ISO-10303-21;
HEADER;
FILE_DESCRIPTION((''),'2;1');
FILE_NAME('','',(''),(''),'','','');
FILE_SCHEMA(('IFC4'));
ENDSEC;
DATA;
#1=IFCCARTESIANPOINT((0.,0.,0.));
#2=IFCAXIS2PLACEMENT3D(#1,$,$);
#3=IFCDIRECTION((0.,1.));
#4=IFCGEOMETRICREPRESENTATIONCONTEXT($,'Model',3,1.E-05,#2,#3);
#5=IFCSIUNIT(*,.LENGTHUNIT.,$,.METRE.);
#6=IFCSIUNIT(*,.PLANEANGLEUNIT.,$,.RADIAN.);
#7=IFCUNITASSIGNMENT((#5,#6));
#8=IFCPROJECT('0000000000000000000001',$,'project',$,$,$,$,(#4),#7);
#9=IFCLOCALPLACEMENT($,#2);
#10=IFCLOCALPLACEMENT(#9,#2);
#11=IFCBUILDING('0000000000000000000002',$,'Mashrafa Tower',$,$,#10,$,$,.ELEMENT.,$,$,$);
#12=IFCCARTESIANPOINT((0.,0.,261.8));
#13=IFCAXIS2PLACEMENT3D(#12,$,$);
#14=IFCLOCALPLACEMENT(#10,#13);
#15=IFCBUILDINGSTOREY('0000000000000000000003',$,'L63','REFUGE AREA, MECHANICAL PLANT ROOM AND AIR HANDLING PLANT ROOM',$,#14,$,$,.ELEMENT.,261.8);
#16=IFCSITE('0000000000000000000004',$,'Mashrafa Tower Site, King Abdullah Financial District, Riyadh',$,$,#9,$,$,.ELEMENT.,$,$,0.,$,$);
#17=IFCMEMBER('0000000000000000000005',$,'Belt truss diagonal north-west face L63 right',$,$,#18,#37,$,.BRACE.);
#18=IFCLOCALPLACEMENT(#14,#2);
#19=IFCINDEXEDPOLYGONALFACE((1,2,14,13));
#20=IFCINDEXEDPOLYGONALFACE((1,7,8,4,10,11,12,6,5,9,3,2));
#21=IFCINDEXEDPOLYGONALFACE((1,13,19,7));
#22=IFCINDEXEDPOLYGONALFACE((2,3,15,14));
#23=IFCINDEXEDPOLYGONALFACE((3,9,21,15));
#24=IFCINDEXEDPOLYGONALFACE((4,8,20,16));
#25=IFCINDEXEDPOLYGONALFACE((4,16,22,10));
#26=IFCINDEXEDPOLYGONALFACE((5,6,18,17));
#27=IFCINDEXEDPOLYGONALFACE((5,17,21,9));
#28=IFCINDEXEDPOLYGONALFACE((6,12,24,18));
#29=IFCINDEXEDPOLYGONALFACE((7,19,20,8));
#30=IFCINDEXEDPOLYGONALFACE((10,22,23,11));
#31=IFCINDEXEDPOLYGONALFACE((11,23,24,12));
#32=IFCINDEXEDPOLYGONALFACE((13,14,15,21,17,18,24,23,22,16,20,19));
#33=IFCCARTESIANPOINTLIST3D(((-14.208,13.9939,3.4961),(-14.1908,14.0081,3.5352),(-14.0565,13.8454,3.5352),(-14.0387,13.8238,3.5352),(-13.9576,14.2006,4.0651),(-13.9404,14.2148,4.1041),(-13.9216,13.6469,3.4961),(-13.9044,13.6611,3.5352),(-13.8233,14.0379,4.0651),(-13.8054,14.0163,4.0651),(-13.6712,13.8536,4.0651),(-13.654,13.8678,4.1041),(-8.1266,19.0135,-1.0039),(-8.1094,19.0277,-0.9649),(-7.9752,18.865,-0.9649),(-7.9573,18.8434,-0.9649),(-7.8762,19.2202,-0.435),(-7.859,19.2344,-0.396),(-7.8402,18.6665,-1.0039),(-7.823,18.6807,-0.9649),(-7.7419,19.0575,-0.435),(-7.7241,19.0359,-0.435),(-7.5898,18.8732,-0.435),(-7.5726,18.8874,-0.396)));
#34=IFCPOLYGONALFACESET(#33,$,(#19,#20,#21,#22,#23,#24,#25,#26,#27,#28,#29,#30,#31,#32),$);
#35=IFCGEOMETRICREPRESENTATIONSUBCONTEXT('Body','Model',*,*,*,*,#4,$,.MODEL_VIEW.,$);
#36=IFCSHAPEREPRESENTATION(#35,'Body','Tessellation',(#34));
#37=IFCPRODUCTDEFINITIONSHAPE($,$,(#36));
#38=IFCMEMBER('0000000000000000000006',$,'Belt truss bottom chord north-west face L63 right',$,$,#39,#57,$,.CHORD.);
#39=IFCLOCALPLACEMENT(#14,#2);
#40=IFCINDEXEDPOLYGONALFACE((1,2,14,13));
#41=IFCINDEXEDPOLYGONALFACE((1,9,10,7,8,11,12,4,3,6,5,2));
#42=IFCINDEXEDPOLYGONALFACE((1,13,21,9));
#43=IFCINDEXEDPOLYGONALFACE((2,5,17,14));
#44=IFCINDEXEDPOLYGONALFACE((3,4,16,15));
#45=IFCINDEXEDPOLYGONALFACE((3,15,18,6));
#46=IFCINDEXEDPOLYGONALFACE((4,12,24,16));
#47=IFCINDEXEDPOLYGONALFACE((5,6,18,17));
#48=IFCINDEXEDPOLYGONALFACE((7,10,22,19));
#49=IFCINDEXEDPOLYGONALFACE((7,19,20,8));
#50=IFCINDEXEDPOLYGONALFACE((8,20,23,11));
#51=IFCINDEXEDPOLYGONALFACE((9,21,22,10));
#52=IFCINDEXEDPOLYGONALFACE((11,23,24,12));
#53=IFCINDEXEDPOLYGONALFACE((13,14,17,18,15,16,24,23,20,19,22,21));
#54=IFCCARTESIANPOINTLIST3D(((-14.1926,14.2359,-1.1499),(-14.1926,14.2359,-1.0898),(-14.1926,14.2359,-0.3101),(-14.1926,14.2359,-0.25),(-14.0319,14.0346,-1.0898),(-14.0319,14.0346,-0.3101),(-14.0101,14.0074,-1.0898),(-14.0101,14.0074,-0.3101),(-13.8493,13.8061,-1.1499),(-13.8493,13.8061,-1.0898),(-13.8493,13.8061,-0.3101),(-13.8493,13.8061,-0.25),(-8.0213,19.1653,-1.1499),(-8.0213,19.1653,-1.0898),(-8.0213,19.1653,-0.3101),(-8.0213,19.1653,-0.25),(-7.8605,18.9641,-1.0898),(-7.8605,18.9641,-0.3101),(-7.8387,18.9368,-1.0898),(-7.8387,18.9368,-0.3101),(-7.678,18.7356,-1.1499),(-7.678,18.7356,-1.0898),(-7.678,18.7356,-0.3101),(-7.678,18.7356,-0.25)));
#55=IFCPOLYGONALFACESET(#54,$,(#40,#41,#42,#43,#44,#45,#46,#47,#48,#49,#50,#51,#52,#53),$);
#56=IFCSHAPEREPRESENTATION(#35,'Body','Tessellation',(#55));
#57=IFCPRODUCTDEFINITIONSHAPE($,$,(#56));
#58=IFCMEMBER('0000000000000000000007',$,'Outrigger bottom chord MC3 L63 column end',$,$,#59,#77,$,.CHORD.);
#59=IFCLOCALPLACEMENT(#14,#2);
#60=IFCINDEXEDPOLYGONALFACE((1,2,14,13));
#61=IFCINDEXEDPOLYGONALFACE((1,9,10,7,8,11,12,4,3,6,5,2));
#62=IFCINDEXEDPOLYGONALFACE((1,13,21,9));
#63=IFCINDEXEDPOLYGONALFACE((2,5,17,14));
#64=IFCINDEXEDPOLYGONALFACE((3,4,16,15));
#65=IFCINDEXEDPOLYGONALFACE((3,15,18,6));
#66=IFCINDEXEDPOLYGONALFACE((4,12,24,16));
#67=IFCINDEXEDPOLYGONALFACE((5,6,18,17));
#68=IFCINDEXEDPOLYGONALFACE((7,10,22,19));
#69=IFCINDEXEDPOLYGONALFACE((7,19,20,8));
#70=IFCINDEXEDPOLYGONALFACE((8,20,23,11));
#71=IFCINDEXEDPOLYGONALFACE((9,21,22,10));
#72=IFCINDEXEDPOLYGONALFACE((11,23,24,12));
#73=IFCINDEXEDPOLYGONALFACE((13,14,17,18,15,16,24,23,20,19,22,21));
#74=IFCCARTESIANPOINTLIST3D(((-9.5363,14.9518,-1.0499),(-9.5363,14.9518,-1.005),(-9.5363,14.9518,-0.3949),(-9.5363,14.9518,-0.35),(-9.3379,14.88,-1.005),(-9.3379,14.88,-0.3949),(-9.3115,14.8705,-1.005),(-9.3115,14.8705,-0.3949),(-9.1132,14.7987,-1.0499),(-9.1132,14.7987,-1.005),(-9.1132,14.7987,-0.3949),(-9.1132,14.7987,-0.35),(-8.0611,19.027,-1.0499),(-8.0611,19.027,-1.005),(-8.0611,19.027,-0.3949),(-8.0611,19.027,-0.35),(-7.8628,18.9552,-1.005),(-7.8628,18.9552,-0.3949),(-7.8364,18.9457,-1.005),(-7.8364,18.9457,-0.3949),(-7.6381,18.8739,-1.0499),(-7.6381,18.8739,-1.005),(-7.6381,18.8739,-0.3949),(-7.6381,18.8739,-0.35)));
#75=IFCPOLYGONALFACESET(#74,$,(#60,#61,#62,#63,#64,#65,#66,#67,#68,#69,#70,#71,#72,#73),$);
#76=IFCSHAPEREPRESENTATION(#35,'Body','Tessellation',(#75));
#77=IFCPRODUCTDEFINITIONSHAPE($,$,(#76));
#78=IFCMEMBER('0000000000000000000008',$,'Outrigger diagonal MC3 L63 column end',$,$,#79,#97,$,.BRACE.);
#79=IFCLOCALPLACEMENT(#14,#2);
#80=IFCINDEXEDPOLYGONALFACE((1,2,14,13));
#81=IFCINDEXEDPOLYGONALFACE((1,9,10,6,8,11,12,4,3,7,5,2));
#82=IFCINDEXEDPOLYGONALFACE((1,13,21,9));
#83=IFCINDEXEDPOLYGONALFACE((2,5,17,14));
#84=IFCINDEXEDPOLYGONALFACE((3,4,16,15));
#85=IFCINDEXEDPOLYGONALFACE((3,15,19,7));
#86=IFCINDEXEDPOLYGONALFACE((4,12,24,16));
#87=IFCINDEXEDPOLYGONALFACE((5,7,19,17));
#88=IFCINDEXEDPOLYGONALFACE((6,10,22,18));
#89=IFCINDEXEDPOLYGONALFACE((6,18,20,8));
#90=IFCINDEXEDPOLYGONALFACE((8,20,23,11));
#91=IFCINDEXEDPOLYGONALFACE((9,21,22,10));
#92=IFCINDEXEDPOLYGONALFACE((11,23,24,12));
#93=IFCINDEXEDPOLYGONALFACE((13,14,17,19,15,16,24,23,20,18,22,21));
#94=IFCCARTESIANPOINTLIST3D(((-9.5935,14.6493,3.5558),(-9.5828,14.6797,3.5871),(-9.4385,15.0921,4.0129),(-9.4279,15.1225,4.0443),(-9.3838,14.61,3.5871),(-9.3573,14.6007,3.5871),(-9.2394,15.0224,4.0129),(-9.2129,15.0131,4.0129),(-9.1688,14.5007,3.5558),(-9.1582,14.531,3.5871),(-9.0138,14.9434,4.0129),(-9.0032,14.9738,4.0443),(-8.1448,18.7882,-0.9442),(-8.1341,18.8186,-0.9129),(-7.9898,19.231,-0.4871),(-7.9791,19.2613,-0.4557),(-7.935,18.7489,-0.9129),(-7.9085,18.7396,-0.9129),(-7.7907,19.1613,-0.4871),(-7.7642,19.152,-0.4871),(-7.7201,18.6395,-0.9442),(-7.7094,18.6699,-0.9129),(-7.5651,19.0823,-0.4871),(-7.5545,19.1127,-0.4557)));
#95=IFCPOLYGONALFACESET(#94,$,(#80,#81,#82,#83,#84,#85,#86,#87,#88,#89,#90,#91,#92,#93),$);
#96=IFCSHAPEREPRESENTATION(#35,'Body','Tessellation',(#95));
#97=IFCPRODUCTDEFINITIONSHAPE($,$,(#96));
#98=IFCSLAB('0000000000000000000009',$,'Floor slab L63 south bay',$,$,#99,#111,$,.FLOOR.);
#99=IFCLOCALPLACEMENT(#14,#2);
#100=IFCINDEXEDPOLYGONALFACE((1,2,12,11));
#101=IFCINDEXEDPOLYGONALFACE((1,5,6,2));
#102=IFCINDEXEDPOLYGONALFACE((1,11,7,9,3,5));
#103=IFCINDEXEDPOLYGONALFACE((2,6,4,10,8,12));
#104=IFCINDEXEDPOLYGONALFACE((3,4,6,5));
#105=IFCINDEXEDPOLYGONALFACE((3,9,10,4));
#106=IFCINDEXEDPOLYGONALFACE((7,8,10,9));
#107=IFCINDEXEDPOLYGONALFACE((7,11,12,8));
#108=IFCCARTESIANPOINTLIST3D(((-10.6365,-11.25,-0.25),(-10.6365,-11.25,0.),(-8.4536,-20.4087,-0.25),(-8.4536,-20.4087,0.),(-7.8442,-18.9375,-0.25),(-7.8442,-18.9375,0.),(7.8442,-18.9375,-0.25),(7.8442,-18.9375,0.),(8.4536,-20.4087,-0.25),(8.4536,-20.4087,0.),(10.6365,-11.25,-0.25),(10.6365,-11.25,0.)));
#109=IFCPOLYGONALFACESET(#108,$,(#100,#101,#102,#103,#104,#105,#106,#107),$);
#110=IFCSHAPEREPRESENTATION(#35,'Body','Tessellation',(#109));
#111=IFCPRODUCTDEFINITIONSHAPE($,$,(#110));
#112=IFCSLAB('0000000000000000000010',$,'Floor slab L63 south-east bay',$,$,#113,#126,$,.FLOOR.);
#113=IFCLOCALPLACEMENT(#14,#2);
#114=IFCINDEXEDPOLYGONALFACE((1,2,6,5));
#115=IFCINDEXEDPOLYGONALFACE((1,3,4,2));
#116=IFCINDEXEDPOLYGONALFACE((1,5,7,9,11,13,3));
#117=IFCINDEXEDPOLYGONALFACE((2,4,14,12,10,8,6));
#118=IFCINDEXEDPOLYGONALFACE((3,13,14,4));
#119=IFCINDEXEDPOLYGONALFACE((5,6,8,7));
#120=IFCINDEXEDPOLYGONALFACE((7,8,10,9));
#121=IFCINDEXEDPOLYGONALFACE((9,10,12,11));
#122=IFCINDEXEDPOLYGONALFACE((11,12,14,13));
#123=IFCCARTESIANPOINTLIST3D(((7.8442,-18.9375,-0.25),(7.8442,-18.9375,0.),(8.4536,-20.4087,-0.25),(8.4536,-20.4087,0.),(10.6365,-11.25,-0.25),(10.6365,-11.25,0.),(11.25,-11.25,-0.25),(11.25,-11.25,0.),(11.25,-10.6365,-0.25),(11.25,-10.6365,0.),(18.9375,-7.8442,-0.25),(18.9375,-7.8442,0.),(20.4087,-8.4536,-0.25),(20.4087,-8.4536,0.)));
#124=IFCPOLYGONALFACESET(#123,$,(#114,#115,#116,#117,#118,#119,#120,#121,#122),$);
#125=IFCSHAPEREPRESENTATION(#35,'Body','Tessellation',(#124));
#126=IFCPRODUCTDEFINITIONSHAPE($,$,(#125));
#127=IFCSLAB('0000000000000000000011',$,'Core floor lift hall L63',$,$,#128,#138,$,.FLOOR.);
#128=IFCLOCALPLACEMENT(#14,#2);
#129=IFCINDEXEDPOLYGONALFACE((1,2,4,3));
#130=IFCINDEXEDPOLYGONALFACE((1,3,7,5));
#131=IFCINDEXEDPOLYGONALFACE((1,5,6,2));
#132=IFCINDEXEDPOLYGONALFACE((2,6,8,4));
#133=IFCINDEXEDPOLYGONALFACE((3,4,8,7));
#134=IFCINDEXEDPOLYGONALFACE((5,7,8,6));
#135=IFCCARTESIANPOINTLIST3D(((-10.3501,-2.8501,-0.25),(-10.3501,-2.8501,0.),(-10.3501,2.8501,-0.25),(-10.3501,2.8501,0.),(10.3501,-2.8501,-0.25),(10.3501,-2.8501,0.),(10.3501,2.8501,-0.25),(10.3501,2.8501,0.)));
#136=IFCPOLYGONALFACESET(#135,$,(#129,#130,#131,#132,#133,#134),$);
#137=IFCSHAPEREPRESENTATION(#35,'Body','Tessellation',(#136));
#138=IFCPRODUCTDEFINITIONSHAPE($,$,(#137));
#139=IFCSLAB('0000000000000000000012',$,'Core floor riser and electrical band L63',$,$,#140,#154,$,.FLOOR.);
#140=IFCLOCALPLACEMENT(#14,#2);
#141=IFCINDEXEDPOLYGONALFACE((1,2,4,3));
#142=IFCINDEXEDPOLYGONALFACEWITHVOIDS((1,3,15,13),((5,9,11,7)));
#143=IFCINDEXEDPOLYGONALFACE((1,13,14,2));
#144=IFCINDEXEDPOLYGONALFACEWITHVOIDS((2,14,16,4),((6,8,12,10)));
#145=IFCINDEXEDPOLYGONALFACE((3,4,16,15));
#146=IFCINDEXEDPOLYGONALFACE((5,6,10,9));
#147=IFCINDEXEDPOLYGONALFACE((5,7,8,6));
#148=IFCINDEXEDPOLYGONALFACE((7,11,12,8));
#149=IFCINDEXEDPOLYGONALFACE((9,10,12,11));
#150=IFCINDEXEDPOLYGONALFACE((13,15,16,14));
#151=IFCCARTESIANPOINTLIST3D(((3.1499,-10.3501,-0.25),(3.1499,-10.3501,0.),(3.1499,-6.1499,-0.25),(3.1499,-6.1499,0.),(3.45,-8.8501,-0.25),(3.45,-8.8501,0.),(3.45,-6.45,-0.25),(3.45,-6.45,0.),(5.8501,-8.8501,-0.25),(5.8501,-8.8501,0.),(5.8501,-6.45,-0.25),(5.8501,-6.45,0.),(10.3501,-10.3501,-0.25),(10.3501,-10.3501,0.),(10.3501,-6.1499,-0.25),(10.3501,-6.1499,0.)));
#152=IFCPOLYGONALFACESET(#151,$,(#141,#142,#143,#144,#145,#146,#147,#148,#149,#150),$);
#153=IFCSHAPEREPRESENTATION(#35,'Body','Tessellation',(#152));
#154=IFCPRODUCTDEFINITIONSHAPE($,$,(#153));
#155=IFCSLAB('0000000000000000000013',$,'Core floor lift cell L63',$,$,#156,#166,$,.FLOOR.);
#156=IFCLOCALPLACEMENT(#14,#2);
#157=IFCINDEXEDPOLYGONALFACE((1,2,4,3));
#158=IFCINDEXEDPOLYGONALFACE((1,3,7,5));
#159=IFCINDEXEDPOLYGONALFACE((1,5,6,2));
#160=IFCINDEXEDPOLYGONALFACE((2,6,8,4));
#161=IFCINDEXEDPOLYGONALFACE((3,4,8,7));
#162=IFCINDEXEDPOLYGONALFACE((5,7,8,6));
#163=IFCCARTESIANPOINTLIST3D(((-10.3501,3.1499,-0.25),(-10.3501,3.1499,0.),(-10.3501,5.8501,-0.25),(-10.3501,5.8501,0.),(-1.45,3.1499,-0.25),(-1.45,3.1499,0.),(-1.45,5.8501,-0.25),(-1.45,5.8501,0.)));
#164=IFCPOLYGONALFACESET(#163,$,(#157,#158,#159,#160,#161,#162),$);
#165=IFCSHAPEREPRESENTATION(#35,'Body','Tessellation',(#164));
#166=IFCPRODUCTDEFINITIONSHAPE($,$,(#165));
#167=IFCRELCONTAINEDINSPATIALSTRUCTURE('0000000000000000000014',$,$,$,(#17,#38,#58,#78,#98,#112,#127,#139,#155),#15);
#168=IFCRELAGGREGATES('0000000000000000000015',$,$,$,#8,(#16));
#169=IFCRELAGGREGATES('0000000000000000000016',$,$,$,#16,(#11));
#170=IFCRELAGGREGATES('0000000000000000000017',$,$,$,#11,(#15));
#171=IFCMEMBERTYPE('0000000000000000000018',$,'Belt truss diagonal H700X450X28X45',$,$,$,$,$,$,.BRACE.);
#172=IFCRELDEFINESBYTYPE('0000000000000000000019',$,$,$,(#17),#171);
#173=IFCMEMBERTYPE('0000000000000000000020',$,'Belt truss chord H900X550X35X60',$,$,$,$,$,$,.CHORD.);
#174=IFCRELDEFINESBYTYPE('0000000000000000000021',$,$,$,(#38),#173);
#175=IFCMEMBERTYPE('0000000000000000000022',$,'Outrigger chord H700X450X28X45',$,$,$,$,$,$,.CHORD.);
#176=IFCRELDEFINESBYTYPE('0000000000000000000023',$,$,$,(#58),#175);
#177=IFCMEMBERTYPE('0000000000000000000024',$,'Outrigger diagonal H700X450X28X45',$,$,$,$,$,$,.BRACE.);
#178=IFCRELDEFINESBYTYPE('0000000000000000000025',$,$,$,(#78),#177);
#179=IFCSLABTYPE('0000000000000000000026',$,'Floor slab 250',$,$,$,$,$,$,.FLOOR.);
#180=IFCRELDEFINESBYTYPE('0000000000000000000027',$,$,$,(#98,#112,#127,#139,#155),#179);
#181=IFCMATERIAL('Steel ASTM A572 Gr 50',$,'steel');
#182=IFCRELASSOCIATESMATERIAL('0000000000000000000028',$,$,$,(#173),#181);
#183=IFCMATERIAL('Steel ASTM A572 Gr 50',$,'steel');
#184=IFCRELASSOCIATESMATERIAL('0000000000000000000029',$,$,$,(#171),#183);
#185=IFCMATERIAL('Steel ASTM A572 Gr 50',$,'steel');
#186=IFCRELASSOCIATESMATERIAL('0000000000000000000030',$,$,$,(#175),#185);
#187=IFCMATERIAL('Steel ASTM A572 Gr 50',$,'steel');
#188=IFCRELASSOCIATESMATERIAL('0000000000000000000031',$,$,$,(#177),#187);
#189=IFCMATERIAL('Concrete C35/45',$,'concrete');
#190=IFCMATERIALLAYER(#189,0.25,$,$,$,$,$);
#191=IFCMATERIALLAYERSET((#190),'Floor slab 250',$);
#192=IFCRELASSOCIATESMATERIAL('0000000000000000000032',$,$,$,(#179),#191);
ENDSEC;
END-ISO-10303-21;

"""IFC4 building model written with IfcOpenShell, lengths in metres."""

from ifc_helpers import new_model, si_unit, direction, frame, origin, origin_2d, place, context, subcontext, project, spatial, polyline, i_section, outline, extrude, source, transform, mapped, material, layer, layer_set, material_profile, profile_set, type_object, type_shapes, element, save


model = new_model("IFC4")

# Units and contexts
model_context = context("Model", 3, precision=1e-05, world=origin(), true_north=direction((0.0, 1.0)))
body_context = subcontext(model_context, "Body", "Model", "MODEL_VIEW")
ifc_project = project(units=[si_unit("LENGTHUNIT", "METRE"), si_unit("PLANEANGLEUNIT", "RADIAN")], contexts=[model_context])

# Site, building, storey
site_placement = place(None, origin())
site = spatial("IfcSite", under=ifc_project, at=site_placement, Name="Mashrafa Tower Site, King Abdullah Financial District, Riyadh", CompositionType="ELEMENT", RefElevation=0.0)
building_placement = place(site_placement, origin())
building = spatial("IfcBuilding", under=site, at=building_placement, Name="Mashrafa Tower", CompositionType="ELEMENT")
storey_placement = place(building_placement, frame((0.0, 0.0, 261.8)))
storey = spatial("IfcBuildingStorey", under=building, at=storey_placement, Name="L63", Description="REFUGE AREA, MECHANICAL PLANT ROOM AND AIR HANDLING PLANT ROOM", CompositionType="ELEMENT", Elevation=261.8)

# Members
ifc_material_1 = material(Name="Steel ASTM A572 Gr 50", Category="steel")
ifc_material_profile_1 = material_profile(ifc_material_1, i_section(OverallWidth=0.55, OverallDepth=0.8999, WebThickness=0.0349, FlangeThickness=0.0601, at=origin_2d()), Name="H900X550X35X60")
ifc_profile_set_1 = profile_set([ifc_material_profile_1], Name="Steel ASTM A572 Gr 50")
member_type_1 = type_object("IfcMemberType", Name="Belt truss chord H900X550X35X60", PredefinedType="CHORD", material=ifc_profile_set_1)
ifc_material_2 = material(Name="Steel ASTM A572 Gr 50", Category="steel")
ifc_material_profile_2 = material_profile(ifc_material_2, i_section(OverallWidth=0.45, OverallDepth=0.7, WebThickness=0.0281, FlangeThickness=0.0449, at=origin_2d()), Name="H700X450X28X45")
ifc_profile_set_2 = profile_set([ifc_material_profile_2], Name="Steel ASTM A572 Gr 50")
member_type_2 = type_object("IfcMemberType", Name="Belt truss diagonal H700X450X28X45", PredefinedType="BRACE", material=ifc_profile_set_2)
shared_shape_1 = source(origin(), body_context, "Body", "SweptSolid", [
    extrude(i_section(OverallWidth=0.45, OverallDepth=0.7, WebThickness=0.0281, FlangeThickness=0.0449, at=origin_2d()), origin(), (0.0, 0.0, 1.0), 9.0791),
])
type_shapes(member_type_2, [shared_shape_1])
for number, where, z_axis, x_axis, name in (
    (1, (-7.8496, 18.9504, -0.7), (-0.669822, -0.552874, 0.49565), (0.636569, -0.77122, 0.0), "Belt truss diagonal north-west face L63 right"),
):
    element("IfcMember", number, at=place(storey_placement, frame(where, z_axis=z_axis, x_axis=x_axis)), inside=storey, type_object=member_type_2, Name=name, PredefinedType="BRACE", context=body_context, shape_type="MappedRepresentation", body=[
        mapped(shared_shape_1, transform((0.0, 0.0, 0.0))),
    ])
shared_shape_2 = source(origin(), body_context, "Body", "SweptSolid", [
    extrude(i_section(OverallWidth=0.55, OverallDepth=0.8999, WebThickness=0.0349, FlangeThickness=0.0601, at=origin_2d()), origin(), (0.0, 0.0, 1.0), 7.8984),
])
member_1_placement = place(storey_placement, frame((-7.8496, 18.9504, -0.7), z_axis=(-0.781342, -0.624103, 0.0), x_axis=(0.624103, -0.781342, 0.0)))
element("IfcMember", 2, at=member_1_placement, inside=storey, type_object=member_type_1, Name="Belt truss bottom chord north-west face L63 right", PredefinedType="CHORD", context=body_context, shape_type="MappedRepresentation", body=[
    mapped(shared_shape_2, transform((0.0, 0.0, 0.0))),
])
ifc_material_3 = material(Name="Steel ASTM A572 Gr 50", Category="steel")
ifc_material_profile_3 = material_profile(ifc_material_3, i_section(OverallWidth=0.45, OverallDepth=0.7, WebThickness=0.0281, FlangeThickness=0.0449, at=origin_2d()), Name="H700X450X28X45")
ifc_profile_set_3 = profile_set([ifc_material_profile_3], Name="Steel ASTM A572 Gr 50")
member_type_3 = type_object("IfcMemberType", Name="Outrigger chord H700X450X28X45", PredefinedType="CHORD", material=ifc_profile_set_3)
shared_shape_3 = source(origin(), body_context, "Body", "SweptSolid", [
    extrude(i_section(OverallWidth=0.45, OverallDepth=0.7, WebThickness=0.0281, FlangeThickness=0.0449, at=origin_2d()), origin(), (0.0, 0.0, 1.0), 4.334),
])
type_shapes(member_type_3, [shared_shape_3])
member_2_placement = place(storey_placement, frame((-9.3247, 14.8752, -0.7), z_axis=(0.340359, 0.940296, 0.0), x_axis=(-0.940296, 0.340359, 0.0)))
element("IfcMember", 3, at=member_2_placement, inside=storey, type_object=member_type_3, Name="Outrigger bottom chord MC3 L63 column end", PredefinedType="CHORD", context=body_context, shape_type="MappedRepresentation", body=[
    mapped(shared_shape_3, transform((0.0, 0.0, 0.0))),
])
ifc_material_4 = material(Name="Steel ASTM A572 Gr 50", Category="steel")
ifc_material_profile_4 = material_profile(ifc_material_4, i_section(OverallWidth=0.45, OverallDepth=0.7, WebThickness=0.0281, FlangeThickness=0.0449, at=origin_2d()), Name="H700X450X28X45")
ifc_profile_set_4 = profile_set([ifc_material_profile_4], Name="Steel ASTM A572 Gr 50")
member_type_4 = type_object("IfcMemberType", Name="Outrigger diagonal H700X450X28X45", PredefinedType="BRACE", material=ifc_profile_set_4)
shared_shape_4 = source(origin(), body_context, "Body", "SweptSolid", [
    extrude(i_section(OverallWidth=0.45, OverallDepth=0.7, WebThickness=0.0281, FlangeThickness=0.0449, at=origin_2d()), origin(), (0.0, 0.0, 1.0), 6.2832),
])
type_shapes(member_type_4, [shared_shape_4])
member_3_placement = place(storey_placement, frame((-7.8496, 18.9504, -0.7), z_axis=(-0.23057, -0.65872, 0.716188), x_axis=(0.943851, -0.330373, 0.0)))
element("IfcMember", 4, at=member_3_placement, inside=storey, type_object=member_type_4, Name="Outrigger diagonal MC3 L63 column end", PredefinedType="BRACE", context=body_context, shape_type="MappedRepresentation", body=[
    mapped(shared_shape_4, transform((0.0, 0.0, 0.0))),
])

# Slabs
ifc_material_5 = material(Name="Concrete C35/45", Category="concrete")
ifc_layer_1 = layer(ifc_material_5, 0.25)
ifc_layer_set_1 = layer_set([ifc_layer_1], Name="Floor slab 250")
slab_type = type_object("IfcSlabType", Name="Floor slab 250", PredefinedType="FLOOR", material=ifc_layer_set_1)
slab_1_placement = place(storey_placement, frame((0.0, 0.0, -0.25)))
element("IfcSlab", 5, at=slab_1_placement, inside=storey, type_object=slab_type, Name="Floor slab L63 south bay", PredefinedType="FLOOR", context=body_context, shape_type="SweptSolid", body=[
    extrude(outline(polyline([(-8.4536, -20.4087), (-7.8442, -18.9375), (-10.6365, -11.25), (10.6365, -11.25), (7.8442, -18.9375), (8.4536, -20.4087), (-8.4536, -20.4087)])), origin(), (0.0, 0.0, 1.0), 0.25),
])
slab_2_placement = place(storey_placement, frame((0.0, 0.0, -0.25)))
element("IfcSlab", 6, at=slab_2_placement, inside=storey, type_object=slab_type, Name="Floor slab L63 south-east bay", PredefinedType="FLOOR", context=body_context, shape_type="SweptSolid", body=[
    extrude(outline(polyline([(8.4536, -20.4087), (7.8442, -18.9375), (10.6365, -11.25), (11.25, -11.25), (11.25, -10.6365), (18.9375, -7.8442), (20.4087, -8.4536), (20.4087, -8.4536), (8.4536, -20.4087), (8.4536, -20.4087)])), origin(), (0.0, 0.0, 1.0), 0.25),
])
slab_3_placement = place(storey_placement, frame((0.0, 0.0, -0.25)))
element("IfcSlab", 7, at=slab_3_placement, inside=storey, type_object=slab_type, Name="Core floor lift hall L63", PredefinedType="FLOOR", context=body_context, shape_type="SweptSolid", body=[
    extrude(outline(polyline([(-10.3501, 2.8501), (10.3501, 2.8501), (10.3501, -2.8501), (-10.3501, -2.8501), (-10.3501, 2.8501)])), origin(), (0.0, 0.0, 1.0), 0.25),
])
slab_4_placement = place(storey_placement, frame((0.0, 0.0, -0.25)))
element("IfcSlab", 8, at=slab_4_placement, inside=storey, type_object=slab_type, Name="Core floor riser and electrical band L63", PredefinedType="FLOOR", context=body_context, shape_type="SweptSolid", body=[
    extrude(outline(polyline([(10.3501, -6.1499), (10.3501, -10.3501), (3.1499, -10.3501), (3.1499, -6.1499), (10.3501, -6.1499)]), holes=[polyline([(3.45, -8.8501), (5.8501, -8.8501), (5.8501, -6.45), (3.45, -6.45), (3.45, -8.8501)])]), origin(), (0.0, 0.0, 1.0), 0.25),
])
slab_5_placement = place(storey_placement, frame((0.0, 0.0, -0.25)))
element("IfcSlab", 9, at=slab_5_placement, inside=storey, type_object=slab_type, Name="Core floor lift cell L63", PredefinedType="FLOOR", context=body_context, shape_type="SweptSolid", body=[
    extrude(outline(polyline([(-10.3501, 5.8501), (-1.45, 5.8501), (-1.45, 3.1499), (-10.3501, 3.1499), (-10.3501, 5.8501)])), origin(), (0.0, 0.0, 1.0), 0.25),
])

save(model, "model.ifc")
